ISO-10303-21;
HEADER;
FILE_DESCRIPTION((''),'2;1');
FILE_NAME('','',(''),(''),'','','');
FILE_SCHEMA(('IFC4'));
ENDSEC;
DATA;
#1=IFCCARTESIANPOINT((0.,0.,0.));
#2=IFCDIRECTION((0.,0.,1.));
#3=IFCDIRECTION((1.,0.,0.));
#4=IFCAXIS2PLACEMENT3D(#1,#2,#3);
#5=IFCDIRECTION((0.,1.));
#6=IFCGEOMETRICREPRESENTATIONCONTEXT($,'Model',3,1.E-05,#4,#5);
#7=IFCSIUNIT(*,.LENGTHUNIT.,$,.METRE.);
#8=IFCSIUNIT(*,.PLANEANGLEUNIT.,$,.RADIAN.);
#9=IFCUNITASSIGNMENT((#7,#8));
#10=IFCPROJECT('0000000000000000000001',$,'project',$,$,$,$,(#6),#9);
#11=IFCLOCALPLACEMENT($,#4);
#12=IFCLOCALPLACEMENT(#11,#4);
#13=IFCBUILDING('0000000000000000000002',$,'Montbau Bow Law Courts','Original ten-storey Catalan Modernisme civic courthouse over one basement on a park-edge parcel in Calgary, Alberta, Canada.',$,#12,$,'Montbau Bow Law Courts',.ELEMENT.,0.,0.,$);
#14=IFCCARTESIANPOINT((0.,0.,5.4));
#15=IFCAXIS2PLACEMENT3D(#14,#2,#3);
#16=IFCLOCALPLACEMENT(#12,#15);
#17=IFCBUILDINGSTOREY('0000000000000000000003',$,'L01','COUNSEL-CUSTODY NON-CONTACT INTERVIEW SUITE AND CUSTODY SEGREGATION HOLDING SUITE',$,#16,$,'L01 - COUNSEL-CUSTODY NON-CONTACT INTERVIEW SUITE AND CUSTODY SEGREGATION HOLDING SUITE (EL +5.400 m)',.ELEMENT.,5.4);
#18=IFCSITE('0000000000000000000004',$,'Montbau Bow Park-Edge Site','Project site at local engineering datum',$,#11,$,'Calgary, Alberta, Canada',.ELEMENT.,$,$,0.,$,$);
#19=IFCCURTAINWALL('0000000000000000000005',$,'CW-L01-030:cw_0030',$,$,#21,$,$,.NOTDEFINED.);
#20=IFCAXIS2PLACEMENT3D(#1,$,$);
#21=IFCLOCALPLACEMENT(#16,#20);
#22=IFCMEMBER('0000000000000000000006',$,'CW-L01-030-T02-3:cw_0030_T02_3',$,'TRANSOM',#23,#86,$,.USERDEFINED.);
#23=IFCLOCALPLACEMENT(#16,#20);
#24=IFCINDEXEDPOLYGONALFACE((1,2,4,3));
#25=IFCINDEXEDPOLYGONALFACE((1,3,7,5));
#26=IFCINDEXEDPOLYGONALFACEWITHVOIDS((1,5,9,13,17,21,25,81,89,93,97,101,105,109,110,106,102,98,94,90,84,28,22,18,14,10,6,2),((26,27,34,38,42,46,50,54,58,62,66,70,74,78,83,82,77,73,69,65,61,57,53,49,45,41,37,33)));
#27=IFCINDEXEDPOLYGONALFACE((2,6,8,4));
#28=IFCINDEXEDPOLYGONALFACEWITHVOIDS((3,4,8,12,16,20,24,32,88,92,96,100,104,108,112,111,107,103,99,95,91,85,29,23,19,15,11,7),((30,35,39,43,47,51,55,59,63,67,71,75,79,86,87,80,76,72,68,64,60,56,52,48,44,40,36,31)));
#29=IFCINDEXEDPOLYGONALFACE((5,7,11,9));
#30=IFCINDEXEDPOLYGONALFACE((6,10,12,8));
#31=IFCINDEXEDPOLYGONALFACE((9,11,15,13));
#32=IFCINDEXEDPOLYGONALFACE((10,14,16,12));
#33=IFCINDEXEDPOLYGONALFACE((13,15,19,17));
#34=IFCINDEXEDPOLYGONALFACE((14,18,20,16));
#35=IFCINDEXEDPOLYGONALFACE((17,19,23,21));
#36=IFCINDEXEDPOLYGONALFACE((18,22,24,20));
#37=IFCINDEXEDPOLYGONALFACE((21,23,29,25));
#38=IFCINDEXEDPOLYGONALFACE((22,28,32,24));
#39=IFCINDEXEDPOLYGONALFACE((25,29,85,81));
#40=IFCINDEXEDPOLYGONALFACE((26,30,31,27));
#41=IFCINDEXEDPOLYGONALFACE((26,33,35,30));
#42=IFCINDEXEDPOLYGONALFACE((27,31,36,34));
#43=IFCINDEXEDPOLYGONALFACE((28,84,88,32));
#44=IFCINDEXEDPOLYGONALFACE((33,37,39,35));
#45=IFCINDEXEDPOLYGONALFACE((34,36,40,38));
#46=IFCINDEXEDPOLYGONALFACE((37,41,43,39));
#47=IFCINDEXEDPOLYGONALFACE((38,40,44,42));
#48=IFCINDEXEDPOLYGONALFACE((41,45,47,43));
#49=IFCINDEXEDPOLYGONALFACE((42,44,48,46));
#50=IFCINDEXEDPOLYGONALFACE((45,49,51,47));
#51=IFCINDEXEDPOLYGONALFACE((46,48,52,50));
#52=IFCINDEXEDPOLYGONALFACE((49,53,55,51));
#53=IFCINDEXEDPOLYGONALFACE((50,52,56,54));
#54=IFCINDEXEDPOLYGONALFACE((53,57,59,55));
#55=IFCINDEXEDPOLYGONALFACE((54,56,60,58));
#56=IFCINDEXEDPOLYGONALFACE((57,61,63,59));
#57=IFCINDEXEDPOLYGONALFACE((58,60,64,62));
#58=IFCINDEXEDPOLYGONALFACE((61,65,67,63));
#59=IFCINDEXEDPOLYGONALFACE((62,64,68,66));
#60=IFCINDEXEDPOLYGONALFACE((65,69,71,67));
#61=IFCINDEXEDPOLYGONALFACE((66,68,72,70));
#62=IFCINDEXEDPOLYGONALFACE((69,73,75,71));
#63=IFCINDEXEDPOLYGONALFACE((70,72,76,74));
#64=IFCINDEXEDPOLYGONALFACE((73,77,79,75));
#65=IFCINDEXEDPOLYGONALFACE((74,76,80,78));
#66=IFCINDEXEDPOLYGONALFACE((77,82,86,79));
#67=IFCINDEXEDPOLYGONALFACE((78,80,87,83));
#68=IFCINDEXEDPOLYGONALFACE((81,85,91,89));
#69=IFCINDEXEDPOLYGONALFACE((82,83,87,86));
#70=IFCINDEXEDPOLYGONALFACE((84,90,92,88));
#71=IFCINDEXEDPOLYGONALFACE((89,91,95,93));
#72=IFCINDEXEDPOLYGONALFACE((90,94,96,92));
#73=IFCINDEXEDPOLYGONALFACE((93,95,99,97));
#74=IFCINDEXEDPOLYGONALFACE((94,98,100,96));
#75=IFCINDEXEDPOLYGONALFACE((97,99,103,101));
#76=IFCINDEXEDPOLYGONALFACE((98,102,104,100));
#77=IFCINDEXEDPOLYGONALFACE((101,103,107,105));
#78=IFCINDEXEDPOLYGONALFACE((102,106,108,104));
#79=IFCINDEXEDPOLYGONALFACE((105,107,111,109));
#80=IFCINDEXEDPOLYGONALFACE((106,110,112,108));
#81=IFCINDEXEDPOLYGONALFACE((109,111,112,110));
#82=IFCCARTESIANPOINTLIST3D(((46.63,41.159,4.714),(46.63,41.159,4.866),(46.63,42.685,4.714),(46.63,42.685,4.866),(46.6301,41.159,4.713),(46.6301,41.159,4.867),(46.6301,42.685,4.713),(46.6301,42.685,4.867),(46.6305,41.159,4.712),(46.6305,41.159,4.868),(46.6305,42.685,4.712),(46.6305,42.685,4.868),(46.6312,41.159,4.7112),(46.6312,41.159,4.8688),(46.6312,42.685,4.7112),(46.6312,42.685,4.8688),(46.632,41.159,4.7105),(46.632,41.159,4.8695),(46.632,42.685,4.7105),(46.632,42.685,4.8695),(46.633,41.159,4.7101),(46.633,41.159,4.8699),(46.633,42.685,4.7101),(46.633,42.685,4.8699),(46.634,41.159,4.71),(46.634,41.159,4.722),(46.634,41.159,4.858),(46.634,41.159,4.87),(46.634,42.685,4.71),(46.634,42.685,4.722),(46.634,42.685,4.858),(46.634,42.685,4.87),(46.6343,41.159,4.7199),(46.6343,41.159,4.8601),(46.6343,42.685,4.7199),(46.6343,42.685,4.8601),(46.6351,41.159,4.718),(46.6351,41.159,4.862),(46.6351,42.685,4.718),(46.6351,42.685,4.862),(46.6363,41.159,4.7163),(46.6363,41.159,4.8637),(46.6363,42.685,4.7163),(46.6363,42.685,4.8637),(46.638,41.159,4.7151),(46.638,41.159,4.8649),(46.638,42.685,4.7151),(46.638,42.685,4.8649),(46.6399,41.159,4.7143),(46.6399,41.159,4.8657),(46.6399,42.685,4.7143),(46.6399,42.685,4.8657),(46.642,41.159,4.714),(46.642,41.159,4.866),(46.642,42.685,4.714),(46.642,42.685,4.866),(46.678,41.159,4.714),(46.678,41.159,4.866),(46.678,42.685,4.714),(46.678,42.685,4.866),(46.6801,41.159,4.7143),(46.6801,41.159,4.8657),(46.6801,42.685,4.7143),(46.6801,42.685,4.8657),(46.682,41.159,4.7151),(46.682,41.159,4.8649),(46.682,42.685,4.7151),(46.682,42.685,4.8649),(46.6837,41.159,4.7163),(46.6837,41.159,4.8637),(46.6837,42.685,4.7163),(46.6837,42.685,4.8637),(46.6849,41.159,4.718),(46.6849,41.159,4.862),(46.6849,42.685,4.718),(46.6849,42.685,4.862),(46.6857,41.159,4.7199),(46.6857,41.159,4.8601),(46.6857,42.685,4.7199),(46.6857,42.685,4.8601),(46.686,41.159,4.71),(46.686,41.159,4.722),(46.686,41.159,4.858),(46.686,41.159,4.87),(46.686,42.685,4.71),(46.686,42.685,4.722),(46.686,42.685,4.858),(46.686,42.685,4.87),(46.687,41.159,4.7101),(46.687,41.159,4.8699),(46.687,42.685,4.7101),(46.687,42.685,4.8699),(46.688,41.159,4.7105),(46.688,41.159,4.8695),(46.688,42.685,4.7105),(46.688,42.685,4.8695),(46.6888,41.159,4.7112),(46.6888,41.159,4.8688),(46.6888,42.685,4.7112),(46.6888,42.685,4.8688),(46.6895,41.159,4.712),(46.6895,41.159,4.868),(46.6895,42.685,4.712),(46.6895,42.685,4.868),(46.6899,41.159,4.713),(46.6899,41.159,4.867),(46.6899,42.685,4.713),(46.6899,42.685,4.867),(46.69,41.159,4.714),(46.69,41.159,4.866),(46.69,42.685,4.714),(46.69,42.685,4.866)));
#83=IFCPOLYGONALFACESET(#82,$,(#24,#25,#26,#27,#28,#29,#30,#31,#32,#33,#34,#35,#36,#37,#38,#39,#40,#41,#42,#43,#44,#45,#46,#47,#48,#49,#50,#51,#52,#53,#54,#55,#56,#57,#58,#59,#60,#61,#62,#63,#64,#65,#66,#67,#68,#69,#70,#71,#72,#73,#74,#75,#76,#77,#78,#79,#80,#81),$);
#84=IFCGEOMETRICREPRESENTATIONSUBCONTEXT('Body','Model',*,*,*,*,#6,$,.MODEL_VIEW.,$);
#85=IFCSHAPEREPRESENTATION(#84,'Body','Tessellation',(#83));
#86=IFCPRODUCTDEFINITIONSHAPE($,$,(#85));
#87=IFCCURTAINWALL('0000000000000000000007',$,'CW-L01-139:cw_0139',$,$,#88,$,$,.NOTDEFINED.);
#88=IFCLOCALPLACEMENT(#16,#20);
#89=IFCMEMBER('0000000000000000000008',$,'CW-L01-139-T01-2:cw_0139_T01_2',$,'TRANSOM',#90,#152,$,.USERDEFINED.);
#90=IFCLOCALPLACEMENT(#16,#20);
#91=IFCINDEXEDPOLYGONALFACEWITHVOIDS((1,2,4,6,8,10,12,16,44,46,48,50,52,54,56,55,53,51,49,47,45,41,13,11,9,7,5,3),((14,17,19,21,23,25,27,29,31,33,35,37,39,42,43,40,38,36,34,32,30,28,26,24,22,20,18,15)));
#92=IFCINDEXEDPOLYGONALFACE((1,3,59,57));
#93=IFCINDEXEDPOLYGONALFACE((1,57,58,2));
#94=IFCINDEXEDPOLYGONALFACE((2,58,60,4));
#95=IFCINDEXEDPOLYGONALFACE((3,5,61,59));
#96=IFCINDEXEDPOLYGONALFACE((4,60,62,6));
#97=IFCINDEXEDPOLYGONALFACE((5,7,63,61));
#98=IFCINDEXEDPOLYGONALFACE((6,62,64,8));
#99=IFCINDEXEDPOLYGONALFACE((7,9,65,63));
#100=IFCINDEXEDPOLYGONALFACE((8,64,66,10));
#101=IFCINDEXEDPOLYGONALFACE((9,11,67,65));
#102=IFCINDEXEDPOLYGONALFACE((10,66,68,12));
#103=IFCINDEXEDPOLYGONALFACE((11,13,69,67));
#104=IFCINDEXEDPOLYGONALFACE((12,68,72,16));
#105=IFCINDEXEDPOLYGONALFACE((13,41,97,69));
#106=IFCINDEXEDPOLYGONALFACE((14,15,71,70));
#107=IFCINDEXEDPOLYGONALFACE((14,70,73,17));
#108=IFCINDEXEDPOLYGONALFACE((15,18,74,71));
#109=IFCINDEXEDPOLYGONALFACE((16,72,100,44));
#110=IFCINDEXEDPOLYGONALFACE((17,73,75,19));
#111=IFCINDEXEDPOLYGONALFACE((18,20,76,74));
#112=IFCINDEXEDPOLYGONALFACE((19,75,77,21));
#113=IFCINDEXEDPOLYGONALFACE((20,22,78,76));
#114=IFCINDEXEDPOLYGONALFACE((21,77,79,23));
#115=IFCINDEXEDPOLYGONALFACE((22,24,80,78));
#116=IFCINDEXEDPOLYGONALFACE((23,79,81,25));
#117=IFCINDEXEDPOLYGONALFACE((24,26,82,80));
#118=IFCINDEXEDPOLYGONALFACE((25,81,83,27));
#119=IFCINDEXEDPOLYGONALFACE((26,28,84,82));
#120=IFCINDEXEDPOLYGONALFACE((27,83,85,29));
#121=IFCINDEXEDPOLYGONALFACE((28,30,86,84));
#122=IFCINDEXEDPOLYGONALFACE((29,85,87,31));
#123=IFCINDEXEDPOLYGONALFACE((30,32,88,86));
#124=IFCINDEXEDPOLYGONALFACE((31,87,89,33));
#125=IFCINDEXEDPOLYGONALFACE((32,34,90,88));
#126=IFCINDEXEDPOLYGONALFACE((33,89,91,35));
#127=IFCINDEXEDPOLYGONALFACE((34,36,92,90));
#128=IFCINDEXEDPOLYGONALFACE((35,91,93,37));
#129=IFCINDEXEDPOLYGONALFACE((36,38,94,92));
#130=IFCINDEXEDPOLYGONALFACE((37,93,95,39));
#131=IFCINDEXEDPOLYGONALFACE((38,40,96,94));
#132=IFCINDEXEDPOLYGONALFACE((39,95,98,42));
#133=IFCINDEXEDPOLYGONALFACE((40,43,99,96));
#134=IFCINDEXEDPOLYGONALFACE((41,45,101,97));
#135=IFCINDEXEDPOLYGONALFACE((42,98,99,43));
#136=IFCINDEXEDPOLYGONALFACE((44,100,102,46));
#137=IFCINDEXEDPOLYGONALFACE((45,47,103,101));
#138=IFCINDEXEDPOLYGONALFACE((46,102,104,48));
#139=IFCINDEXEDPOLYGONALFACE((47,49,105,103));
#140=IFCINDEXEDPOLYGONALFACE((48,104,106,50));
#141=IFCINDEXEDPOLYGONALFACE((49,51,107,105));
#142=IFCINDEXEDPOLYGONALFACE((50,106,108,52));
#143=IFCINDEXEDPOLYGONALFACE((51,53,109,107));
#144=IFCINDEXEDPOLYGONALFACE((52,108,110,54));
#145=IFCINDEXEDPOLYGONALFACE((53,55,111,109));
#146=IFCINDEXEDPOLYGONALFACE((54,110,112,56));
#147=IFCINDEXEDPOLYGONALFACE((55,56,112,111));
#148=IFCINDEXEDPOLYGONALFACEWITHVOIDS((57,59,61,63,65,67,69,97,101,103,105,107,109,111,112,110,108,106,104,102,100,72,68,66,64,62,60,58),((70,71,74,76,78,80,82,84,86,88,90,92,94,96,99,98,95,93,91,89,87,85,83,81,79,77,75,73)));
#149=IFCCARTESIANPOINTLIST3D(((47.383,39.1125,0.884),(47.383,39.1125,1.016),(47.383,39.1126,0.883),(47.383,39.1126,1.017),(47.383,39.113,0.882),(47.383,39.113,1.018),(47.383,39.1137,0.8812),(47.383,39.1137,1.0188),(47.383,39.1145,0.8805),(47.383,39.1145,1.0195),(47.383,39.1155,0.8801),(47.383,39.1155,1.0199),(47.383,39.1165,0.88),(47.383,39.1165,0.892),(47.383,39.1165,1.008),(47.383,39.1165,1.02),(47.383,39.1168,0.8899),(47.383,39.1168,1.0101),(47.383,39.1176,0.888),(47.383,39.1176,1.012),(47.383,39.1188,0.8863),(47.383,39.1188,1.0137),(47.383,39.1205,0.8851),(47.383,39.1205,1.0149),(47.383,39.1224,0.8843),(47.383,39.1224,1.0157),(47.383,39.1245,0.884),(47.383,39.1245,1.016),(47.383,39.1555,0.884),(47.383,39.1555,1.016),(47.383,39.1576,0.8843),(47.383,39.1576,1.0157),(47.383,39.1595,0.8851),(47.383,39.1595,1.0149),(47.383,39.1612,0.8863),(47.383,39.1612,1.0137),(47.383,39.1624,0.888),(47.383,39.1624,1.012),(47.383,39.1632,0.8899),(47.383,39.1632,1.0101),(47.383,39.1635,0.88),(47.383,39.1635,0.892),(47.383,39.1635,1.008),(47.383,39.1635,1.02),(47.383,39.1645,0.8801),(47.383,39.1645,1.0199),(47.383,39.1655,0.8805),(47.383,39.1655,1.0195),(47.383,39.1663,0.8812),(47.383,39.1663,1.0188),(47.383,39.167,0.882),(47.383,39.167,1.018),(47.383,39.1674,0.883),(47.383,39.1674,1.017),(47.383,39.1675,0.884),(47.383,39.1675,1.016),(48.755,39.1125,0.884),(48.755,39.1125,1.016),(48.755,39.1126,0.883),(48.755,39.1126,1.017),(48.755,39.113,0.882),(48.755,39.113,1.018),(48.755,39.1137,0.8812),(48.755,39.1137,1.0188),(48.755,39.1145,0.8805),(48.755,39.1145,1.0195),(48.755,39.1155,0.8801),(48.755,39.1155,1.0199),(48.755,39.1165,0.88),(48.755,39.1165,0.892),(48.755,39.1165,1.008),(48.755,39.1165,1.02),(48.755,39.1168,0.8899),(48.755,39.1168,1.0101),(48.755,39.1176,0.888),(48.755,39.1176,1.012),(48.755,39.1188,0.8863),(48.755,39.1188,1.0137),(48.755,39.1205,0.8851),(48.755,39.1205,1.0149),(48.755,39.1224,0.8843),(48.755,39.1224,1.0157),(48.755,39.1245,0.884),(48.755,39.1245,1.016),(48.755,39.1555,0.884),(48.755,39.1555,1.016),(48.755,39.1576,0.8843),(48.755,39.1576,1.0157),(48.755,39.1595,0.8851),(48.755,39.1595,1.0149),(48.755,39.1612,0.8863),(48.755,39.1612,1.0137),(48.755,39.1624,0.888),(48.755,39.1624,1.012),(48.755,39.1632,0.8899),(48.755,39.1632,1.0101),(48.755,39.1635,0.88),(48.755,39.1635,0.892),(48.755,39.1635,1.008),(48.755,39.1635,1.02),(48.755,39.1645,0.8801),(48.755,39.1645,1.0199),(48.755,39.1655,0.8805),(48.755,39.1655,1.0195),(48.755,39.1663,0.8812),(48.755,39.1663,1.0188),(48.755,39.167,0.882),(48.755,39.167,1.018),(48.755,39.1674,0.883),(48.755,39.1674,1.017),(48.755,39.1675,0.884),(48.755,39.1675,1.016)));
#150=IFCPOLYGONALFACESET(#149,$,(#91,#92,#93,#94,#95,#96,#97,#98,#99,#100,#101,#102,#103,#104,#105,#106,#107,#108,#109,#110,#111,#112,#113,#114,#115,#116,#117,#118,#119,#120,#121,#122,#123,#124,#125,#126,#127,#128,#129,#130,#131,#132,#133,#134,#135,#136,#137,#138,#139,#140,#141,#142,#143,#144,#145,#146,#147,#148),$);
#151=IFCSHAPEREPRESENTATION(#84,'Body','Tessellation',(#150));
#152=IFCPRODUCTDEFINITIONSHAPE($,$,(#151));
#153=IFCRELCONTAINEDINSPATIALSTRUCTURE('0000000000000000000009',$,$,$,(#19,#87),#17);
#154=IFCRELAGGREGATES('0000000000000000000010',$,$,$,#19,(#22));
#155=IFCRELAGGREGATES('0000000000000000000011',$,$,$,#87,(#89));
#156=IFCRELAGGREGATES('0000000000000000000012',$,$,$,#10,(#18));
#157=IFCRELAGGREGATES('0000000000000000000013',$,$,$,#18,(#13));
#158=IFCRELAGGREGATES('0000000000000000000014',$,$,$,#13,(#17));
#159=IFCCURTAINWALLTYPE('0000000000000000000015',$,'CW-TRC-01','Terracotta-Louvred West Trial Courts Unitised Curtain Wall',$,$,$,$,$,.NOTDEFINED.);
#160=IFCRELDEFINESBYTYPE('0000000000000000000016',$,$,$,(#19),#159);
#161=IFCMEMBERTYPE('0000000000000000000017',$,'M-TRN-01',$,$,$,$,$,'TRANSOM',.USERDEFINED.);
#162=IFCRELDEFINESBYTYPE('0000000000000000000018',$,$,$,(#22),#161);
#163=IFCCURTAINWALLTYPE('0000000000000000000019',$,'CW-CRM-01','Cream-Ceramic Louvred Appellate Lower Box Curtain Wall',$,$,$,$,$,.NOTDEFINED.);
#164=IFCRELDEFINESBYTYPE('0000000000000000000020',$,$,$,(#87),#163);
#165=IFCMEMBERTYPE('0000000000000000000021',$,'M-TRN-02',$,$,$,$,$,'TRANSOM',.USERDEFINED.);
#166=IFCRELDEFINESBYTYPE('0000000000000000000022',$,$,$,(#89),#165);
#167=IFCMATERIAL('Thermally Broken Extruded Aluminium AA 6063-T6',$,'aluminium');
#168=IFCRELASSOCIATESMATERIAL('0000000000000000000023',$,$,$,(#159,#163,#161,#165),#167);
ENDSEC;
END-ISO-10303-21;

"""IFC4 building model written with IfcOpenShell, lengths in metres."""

from ifc_helpers import new_model, si_unit, direction, frame, origin_with_axes, origin_2d_with_axis, place, context, subcontext, project, spatial, hollow_rectangle, extrude, material, material_profile, profile_set, type_object, element, aggregate, save


model = new_model("IFC4")

# Units and contexts
model_context = context("Model", 3, precision=1e-05, world=origin_with_axes(), true_north=direction((0.0, 1.0)))
body_context = subcontext(model_context, "Body", "Model", "MODEL_VIEW")
ifc_project = project(units=[si_unit("LENGTHUNIT", "METRE"), si_unit("PLANEANGLEUNIT", "RADIAN")], contexts=[model_context])

# Site, building, storey
site_placement = place(None, origin_with_axes())
site = spatial("IfcSite", under=ifc_project, at=site_placement, Name="Montbau Bow Park-Edge Site", Description="Project site at local engineering datum", LongName="Calgary, Alberta, Canada", CompositionType="ELEMENT", RefElevation=0.0)
building_placement = place(site_placement, origin_with_axes())
building = spatial("IfcBuilding", under=site, at=building_placement, Name="Montbau Bow Law Courts", Description="Original ten-storey Catalan Modernisme civic courthouse over one basement on a park-edge parcel in Calgary, Alberta, Canada.", LongName="Montbau Bow Law Courts", CompositionType="ELEMENT", ElevationOfRefHeight=0.0, ElevationOfTerrain=0.0)
storey_placement = place(building_placement, frame((0.0, 0.0, 5.4), z_axis=(0.0, 0.0, 1.0), x_axis=(1.0, 0.0, 0.0)))
storey = spatial("IfcBuildingStorey", under=building, at=storey_placement, Name="L01", Description="COUNSEL-CUSTODY NON-CONTACT INTERVIEW SUITE AND CUSTODY SEGREGATION HOLDING SUITE", LongName="L01 - COUNSEL-CUSTODY NON-CONTACT INTERVIEW SUITE AND CUSTODY SEGREGATION HOLDING SUITE (EL +5.400 m)", CompositionType="ELEMENT", Elevation=5.4)

# Curtain walls, members
ifc_material_1 = material(Name="Thermally Broken Extruded Aluminium AA 6063-T6", Category="aluminium")
curtain_wall_type_1 = type_object("IfcCurtainWallType", Name="CW-TRC-01", Description="Terracotta-Louvred West Trial Courts Unitised Curtain Wall", PredefinedType="NOTDEFINED", material=ifc_material_1)
curtain_wall_1_placement = place(None, frame((46.66, 39.515, 5.4), z_axis=(0.0, 0.0, 1.0), x_axis=(1.0, 0.0, 0.0)))
curtain_wall_1 = element("IfcCurtainWall", 1, at=curtain_wall_1_placement, inside=storey, type_object=curtain_wall_type_1, Name="CW-L01-030:cw_0030", PredefinedType="NOTDEFINED")
ifc_material_profile_1 = material_profile(ifc_material_1, hollow_rectangle(XDim=0.06, YDim=0.16, WallThickness=0.004, InnerFilletRadius=0.008, OuterFilletRadius=0.004, at=origin_2d_with_axis()), Name="CWT-160X60", Category="Main", Priority=0)
ifc_profile_set_1 = profile_set([ifc_material_profile_1], Name="Thermally Broken Extruded Aluminium AA 6063-T6")
member_type_1 = type_object("IfcMemberType", Name="M-TRN-01", ElementType="TRANSOM", PredefinedType="USERDEFINED", material=ifc_profile_set_1)
member_1_placement = place(None, frame((46.66, 41.159, 10.19), z_axis=(0.0, 1.0, 0.0), x_axis=(-1.0, 0.0, 0.0)))
member_1 = element("IfcMember", 2, at=member_1_placement, type_object=member_type_1, Name="CW-L01-030-T02-3:cw_0030_T02_3", ObjectType="TRANSOM", PredefinedType="USERDEFINED", context=body_context, shape_type="SweptSolid", body=[
    extrude(hollow_rectangle(XDim=0.06, YDim=0.16, WallThickness=0.004, InnerFilletRadius=0.008, OuterFilletRadius=0.004, at=origin_2d_with_axis()), origin_with_axes(), (0.0, 0.0, 1.0), 1.526),
])
curtain_wall_type_2 = type_object("IfcCurtainWallType", Name="CW-CRM-01", Description="Cream-Ceramic Louvred Appellate Lower Box Curtain Wall", PredefinedType="NOTDEFINED", material=ifc_material_1)
curtain_wall_2_placement = place(None, frame((47.315, 39.14, 5.4), z_axis=(0.0, 0.0, 1.0), x_axis=(1.0, 0.0, 0.0)))
curtain_wall_2 = element("IfcCurtainWall", 3, at=curtain_wall_2_placement, inside=storey, type_object=curtain_wall_type_2, Name="CW-L01-139:cw_0139", PredefinedType="NOTDEFINED")
ifc_material_profile_2 = material_profile(ifc_material_1, hollow_rectangle(XDim=0.055, YDim=0.14, WallThickness=0.004, InnerFilletRadius=0.008, OuterFilletRadius=0.004, at=origin_2d_with_axis()), Name="CWT-140X55", Category="Main", Priority=0)
ifc_profile_set_2 = profile_set([ifc_material_profile_2], Name="Thermally Broken Extruded Aluminium AA 6063-T6")
member_type_2 = type_object("IfcMemberType", Name="M-TRN-02", ElementType="TRANSOM", PredefinedType="USERDEFINED", material=ifc_profile_set_2)
member_2_placement = place(None, frame((47.383, 39.14, 6.35), z_axis=(1.0, 0.0, 0.0), x_axis=(0.0, 1.0, 0.0)))
member_2 = element("IfcMember", 4, at=member_2_placement, type_object=member_type_2, Name="CW-L01-139-T01-2:cw_0139_T01_2", ObjectType="TRANSOM", PredefinedType="USERDEFINED", context=body_context, shape_type="SweptSolid", body=[
    extrude(hollow_rectangle(XDim=0.055, YDim=0.14, WallThickness=0.004, InnerFilletRadius=0.008, OuterFilletRadius=0.004, at=origin_2d_with_axis()), origin_with_axes(), (0.0, 0.0, 1.0), 1.372),
])

aggregate(curtain_wall_1, [member_1])
aggregate(curtain_wall_2, [member_2])

save(model, "model.ifc")
